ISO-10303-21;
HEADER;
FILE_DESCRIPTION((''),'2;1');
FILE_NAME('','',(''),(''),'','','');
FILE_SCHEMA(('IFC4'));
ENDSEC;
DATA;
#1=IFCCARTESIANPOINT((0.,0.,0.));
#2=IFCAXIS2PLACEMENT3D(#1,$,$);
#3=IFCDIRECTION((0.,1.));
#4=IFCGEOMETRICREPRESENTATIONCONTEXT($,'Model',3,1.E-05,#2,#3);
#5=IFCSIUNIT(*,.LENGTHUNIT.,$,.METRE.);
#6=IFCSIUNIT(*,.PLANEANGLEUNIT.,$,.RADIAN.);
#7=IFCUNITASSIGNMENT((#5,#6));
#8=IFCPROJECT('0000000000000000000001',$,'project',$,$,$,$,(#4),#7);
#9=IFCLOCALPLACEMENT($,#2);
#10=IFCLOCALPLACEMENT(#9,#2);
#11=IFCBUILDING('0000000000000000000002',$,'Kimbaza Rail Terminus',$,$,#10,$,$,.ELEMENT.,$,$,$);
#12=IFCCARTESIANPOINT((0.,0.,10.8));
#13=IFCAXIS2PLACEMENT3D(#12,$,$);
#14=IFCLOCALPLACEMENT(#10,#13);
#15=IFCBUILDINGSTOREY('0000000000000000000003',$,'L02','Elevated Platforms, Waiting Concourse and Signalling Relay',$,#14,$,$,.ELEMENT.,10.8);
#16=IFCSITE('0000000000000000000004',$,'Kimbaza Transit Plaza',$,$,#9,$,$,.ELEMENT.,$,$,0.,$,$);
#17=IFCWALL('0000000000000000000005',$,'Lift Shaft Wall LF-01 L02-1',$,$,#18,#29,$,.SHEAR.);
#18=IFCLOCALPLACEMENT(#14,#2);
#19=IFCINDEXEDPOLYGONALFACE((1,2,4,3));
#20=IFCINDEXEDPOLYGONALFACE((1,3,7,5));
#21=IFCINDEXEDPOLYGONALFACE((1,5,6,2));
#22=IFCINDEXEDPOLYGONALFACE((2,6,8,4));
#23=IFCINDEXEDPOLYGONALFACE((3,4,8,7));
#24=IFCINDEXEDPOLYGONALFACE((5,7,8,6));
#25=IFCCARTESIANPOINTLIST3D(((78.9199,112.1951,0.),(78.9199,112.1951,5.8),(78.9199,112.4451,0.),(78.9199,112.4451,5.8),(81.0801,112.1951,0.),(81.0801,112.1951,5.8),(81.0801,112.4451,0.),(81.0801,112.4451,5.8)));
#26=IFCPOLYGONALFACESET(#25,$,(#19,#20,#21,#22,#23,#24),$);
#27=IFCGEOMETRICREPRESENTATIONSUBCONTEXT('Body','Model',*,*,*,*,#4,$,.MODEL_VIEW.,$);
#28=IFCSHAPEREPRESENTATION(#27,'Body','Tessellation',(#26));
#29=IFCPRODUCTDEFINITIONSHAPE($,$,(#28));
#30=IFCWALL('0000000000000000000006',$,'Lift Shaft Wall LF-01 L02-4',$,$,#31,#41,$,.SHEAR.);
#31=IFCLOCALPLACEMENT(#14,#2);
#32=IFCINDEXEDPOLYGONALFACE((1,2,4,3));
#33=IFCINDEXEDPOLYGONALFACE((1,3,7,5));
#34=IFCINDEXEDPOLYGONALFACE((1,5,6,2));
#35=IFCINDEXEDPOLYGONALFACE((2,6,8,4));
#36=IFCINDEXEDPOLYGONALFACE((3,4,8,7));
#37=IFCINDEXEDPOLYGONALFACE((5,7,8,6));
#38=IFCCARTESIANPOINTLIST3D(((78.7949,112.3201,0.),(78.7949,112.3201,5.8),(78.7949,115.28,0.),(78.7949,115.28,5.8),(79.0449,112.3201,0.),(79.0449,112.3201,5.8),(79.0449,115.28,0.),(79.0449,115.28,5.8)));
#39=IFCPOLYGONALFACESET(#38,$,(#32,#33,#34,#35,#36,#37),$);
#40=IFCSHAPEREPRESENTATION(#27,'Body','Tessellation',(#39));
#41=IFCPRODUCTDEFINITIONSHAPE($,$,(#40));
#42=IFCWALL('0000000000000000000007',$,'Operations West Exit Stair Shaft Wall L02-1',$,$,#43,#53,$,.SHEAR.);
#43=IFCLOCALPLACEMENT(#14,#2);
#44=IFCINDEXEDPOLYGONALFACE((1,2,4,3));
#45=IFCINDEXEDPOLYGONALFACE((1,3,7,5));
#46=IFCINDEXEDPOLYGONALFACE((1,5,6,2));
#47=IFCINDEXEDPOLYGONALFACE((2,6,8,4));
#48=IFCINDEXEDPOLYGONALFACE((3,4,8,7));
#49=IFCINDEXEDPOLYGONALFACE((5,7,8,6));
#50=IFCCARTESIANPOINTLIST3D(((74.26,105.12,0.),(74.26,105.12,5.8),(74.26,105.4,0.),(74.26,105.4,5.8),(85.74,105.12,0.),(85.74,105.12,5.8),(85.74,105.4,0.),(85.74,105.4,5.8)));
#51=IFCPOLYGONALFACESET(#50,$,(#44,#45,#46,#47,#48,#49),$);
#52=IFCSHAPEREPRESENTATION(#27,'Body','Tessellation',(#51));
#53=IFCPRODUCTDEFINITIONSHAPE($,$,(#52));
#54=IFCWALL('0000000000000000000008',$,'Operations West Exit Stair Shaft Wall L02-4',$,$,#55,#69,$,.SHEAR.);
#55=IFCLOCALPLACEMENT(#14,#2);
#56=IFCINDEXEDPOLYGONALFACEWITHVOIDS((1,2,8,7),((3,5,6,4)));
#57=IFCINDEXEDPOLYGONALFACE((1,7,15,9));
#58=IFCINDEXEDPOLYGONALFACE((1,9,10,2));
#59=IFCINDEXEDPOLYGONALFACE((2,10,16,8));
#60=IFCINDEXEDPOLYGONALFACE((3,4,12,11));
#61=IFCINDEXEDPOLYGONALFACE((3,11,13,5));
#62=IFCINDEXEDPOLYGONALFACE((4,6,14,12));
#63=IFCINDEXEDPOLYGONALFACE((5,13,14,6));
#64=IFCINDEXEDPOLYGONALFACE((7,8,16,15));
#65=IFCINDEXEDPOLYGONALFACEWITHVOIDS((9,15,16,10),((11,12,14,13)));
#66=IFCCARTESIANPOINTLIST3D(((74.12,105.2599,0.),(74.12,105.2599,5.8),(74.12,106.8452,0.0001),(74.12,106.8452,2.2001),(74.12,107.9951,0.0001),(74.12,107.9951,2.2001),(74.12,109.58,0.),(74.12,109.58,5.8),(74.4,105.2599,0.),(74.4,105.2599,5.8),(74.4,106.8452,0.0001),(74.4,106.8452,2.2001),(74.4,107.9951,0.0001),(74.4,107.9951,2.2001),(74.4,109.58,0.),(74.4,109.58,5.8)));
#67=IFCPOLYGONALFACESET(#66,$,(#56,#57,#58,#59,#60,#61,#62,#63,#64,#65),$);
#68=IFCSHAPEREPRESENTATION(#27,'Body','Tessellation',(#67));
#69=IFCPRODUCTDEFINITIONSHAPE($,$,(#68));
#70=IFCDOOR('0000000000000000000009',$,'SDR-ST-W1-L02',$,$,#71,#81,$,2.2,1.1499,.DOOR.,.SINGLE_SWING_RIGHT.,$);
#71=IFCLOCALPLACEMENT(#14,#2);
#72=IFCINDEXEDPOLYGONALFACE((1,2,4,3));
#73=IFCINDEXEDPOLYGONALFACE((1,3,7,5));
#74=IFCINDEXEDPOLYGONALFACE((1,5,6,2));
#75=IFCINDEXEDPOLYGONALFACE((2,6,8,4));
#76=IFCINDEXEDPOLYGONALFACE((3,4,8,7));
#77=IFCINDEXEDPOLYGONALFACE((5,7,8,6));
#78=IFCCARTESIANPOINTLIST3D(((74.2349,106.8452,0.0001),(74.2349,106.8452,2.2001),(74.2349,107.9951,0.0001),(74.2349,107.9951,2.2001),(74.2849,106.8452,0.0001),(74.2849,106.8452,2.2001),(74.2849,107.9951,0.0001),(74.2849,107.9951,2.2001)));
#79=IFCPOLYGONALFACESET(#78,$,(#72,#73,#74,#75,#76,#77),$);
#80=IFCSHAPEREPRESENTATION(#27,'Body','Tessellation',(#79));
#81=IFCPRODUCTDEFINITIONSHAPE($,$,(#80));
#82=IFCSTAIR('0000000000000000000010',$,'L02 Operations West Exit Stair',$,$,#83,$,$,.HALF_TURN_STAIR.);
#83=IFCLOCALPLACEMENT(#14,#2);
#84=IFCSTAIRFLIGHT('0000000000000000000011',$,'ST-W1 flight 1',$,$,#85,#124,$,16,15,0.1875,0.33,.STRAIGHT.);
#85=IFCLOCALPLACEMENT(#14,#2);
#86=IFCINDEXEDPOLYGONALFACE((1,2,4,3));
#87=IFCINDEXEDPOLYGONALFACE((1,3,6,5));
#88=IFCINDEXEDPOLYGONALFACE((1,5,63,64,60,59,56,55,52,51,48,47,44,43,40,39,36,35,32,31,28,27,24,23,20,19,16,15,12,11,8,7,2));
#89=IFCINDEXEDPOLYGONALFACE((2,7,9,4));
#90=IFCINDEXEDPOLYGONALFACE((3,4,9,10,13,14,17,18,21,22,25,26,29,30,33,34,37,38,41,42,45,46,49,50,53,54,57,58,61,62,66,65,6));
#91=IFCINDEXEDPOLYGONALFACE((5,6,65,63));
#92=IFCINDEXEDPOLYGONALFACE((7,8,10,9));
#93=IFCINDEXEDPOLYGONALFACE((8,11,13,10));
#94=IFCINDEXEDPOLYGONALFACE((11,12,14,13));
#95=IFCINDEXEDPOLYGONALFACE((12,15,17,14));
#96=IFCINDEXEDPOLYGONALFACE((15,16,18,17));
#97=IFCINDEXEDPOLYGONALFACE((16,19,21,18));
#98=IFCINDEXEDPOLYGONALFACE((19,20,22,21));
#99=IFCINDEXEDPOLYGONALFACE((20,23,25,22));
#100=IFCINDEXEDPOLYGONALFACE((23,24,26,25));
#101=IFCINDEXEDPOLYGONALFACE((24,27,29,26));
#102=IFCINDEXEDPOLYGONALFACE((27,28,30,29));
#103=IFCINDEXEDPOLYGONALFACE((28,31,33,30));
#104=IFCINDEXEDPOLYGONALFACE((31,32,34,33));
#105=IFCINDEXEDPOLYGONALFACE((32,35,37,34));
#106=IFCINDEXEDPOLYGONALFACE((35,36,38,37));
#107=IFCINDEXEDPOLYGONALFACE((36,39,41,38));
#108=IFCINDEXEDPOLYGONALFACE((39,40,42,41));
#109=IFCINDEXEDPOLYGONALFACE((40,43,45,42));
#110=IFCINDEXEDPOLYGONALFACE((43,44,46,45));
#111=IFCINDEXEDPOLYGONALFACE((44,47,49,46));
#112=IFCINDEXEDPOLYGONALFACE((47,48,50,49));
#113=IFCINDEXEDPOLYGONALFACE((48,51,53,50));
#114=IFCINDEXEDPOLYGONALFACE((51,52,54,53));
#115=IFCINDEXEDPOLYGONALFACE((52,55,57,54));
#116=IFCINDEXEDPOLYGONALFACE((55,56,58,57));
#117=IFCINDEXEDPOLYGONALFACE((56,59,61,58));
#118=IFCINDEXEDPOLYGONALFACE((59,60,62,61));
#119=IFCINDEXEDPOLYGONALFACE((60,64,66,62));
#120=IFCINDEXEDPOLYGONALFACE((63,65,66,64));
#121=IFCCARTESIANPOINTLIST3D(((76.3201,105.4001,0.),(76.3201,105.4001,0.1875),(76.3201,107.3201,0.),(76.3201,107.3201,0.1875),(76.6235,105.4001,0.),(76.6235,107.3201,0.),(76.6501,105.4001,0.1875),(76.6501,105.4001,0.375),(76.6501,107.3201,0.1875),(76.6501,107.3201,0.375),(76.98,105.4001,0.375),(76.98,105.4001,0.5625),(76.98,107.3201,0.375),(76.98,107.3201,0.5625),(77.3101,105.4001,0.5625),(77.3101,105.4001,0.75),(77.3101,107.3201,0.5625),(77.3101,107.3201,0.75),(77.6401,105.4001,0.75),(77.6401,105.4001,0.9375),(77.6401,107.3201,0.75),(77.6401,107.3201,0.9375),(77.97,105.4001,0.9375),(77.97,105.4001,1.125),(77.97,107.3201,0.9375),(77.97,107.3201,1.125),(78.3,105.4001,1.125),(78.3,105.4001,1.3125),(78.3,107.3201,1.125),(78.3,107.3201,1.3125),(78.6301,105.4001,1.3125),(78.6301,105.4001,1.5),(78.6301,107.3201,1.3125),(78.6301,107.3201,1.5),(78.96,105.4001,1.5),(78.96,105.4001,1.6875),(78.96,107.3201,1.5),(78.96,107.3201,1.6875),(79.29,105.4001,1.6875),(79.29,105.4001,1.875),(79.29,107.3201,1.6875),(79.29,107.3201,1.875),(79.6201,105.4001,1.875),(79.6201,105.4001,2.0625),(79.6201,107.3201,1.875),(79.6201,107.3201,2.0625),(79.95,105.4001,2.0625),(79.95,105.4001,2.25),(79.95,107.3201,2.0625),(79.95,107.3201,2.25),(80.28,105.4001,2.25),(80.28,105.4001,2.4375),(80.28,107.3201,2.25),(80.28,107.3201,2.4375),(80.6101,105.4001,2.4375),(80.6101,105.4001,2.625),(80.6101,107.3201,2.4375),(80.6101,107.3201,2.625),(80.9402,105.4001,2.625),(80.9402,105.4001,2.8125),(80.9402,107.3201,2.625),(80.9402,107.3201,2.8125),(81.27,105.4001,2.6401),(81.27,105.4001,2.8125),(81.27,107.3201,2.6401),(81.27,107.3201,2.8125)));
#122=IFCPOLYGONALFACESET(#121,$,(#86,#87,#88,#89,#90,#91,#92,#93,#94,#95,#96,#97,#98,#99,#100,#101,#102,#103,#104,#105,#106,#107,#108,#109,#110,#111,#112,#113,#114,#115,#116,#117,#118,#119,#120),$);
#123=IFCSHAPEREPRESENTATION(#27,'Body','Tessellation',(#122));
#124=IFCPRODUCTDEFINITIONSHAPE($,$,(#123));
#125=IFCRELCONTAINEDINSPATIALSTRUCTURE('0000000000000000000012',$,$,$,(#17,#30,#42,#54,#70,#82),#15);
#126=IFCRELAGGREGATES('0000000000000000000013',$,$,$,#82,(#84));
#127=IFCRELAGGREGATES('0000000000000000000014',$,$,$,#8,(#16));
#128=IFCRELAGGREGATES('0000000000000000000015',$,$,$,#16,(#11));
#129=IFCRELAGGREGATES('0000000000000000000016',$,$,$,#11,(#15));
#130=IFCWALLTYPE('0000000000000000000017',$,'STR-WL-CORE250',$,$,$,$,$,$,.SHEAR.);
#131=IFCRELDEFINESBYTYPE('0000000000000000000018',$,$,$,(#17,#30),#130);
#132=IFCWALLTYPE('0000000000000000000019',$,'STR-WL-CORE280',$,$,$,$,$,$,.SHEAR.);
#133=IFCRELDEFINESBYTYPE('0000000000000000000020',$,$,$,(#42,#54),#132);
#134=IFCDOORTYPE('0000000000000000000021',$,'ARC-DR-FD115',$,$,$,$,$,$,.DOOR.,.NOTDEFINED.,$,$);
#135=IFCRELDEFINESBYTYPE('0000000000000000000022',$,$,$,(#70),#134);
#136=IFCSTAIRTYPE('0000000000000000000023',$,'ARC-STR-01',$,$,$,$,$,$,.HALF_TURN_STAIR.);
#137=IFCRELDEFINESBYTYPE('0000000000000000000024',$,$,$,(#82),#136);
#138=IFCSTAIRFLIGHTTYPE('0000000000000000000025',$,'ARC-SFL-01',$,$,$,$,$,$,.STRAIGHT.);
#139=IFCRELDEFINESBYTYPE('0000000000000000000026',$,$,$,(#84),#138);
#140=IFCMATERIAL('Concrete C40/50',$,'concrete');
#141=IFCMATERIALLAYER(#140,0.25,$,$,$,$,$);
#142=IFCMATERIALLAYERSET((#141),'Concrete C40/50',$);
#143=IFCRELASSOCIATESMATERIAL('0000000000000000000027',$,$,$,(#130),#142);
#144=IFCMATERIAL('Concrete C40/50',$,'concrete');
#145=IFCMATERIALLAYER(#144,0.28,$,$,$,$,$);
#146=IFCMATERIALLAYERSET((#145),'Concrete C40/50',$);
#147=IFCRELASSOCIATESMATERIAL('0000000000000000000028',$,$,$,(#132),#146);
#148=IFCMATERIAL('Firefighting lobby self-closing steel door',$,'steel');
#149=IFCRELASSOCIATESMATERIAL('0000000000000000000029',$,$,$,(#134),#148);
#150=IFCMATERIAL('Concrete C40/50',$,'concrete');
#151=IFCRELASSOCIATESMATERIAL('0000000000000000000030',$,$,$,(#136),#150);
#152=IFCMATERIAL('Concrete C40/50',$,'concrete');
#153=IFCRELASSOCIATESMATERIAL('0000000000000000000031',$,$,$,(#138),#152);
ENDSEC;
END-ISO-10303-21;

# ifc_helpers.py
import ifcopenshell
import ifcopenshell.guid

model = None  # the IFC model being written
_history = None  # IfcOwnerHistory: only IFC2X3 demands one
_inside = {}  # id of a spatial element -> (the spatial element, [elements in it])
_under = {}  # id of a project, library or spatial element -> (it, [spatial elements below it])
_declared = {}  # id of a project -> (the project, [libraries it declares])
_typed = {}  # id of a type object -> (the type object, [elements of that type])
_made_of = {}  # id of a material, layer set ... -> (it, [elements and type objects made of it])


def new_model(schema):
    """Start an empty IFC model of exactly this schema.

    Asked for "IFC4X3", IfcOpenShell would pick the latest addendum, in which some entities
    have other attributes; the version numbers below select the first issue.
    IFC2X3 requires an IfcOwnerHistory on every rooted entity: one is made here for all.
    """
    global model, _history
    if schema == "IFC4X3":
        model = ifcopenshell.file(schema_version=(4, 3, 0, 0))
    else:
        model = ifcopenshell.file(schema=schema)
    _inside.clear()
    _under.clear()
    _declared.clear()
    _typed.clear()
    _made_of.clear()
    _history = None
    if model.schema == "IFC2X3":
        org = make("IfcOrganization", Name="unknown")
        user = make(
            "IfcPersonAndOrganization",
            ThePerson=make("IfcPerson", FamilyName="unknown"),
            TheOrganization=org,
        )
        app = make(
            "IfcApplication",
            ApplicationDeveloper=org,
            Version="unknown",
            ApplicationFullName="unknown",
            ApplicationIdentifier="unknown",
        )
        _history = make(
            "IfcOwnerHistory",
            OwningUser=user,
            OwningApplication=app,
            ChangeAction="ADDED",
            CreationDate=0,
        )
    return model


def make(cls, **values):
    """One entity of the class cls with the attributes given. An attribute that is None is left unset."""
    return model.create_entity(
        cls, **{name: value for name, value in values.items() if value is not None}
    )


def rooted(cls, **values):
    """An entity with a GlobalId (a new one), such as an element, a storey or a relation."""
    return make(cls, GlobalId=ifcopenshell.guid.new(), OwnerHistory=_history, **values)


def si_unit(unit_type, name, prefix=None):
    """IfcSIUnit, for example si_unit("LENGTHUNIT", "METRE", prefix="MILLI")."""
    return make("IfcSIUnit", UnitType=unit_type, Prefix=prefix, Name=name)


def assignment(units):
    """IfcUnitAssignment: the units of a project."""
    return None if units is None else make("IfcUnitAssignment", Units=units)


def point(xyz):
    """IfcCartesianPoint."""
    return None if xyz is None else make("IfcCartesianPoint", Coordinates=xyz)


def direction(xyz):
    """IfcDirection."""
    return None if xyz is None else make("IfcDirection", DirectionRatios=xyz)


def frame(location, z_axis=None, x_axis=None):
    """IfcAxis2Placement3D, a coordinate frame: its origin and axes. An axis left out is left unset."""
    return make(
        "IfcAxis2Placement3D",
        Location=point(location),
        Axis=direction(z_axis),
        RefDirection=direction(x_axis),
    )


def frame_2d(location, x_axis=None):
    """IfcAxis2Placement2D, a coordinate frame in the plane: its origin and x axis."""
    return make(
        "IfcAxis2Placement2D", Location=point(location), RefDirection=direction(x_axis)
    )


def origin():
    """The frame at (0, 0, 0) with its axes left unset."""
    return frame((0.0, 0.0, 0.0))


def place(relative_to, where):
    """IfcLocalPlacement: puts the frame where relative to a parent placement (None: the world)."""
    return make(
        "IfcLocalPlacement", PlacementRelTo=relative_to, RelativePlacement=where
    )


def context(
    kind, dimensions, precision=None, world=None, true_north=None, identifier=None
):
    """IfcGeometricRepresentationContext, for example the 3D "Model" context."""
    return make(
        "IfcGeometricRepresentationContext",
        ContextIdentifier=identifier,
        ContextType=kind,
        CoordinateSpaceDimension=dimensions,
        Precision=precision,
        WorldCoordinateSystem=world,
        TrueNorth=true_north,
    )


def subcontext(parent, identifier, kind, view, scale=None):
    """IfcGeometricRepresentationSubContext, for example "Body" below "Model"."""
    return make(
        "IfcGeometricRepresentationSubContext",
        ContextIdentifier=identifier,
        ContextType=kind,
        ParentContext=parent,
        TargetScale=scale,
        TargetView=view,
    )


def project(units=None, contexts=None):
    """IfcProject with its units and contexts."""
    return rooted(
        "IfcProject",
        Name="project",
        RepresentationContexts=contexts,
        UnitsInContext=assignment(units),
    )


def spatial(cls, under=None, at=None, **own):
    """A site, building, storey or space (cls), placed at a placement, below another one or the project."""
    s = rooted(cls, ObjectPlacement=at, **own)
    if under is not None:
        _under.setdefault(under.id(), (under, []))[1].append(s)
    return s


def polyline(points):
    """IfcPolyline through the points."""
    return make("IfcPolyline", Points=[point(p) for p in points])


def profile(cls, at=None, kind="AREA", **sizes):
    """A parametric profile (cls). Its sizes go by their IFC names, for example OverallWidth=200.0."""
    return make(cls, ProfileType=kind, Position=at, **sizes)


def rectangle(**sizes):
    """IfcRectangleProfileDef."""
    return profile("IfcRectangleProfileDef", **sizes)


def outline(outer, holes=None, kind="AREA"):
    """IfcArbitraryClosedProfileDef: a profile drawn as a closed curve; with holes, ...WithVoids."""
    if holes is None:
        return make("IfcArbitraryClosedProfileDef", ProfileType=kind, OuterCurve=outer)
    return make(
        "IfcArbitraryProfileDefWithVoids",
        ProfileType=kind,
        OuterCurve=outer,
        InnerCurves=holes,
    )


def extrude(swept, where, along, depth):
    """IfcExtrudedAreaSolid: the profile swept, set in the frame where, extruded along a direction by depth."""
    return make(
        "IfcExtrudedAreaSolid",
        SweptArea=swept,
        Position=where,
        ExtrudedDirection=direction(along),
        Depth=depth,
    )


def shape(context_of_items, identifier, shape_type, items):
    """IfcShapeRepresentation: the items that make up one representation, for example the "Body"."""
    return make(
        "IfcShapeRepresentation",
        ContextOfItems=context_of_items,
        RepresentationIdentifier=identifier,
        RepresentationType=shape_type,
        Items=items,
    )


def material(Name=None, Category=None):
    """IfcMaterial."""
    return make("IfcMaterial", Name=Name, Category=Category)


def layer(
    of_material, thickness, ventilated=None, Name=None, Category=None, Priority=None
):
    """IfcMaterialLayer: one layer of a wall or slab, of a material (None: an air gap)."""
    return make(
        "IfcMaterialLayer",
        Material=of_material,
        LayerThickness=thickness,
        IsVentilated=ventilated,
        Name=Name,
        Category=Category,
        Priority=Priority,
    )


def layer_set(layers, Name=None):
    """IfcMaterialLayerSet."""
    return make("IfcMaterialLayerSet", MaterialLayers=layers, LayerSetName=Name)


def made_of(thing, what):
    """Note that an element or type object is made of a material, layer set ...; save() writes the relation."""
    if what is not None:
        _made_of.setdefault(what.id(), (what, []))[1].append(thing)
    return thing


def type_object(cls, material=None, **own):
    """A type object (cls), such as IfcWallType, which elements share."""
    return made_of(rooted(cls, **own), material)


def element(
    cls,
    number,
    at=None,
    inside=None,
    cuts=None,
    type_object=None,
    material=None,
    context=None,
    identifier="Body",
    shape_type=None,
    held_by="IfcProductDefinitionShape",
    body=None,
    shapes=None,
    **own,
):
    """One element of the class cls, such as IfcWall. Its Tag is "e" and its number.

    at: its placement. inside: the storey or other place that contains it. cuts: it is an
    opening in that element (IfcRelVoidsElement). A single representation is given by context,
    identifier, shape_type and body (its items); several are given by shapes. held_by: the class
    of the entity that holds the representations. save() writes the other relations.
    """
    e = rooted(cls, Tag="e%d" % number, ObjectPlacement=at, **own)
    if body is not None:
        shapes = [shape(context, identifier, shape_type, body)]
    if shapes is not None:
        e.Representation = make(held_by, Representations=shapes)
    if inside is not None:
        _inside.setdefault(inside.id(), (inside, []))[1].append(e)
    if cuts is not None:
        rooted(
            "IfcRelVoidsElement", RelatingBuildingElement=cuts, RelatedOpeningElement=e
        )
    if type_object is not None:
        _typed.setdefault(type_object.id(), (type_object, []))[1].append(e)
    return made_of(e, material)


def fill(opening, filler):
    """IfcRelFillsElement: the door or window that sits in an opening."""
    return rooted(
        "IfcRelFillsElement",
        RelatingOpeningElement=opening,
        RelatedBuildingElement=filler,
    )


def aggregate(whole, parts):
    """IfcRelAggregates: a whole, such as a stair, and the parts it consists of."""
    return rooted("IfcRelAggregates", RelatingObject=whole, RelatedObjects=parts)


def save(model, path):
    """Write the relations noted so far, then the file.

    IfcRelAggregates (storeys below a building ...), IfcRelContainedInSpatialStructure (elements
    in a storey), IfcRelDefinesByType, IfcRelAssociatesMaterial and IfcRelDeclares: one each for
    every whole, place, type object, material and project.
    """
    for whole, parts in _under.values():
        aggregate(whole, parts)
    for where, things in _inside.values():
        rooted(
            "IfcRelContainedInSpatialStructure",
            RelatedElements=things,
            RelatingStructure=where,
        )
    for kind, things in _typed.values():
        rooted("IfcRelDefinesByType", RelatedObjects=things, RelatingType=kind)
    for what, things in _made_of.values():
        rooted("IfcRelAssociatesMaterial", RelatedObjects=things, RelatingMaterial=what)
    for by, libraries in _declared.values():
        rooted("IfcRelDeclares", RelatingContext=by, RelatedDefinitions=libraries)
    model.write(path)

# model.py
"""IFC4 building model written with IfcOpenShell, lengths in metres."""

from ifc_helpers import new_model, si_unit, direction, frame, frame_2d, origin, place, context, subcontext, project, spatial, polyline, rectangle, outline, extrude, material, layer, layer_set, type_object, element, fill, aggregate, save


model = new_model("IFC4")

# Units and contexts
model_context = context("Model", 3, precision=1e-05, world=origin(), true_north=direction((0.0, 1.0)))
body_context = subcontext(model_context, "Body", "Model", "MODEL_VIEW")
ifc_project = project(units=[si_unit("LENGTHUNIT", "METRE"), si_unit("PLANEANGLEUNIT", "RADIAN")], contexts=[model_context])

# Site, building, storey
site_placement = place(None, origin())
site = spatial("IfcSite", under=ifc_project, at=site_placement, Name="Kimbaza Transit Plaza", CompositionType="ELEMENT", RefElevation=0.0)
building_placement = place(site_placement, origin())
building = spatial("IfcBuilding", under=site, at=building_placement, Name="Kimbaza Rail Terminus", CompositionType="ELEMENT")
storey_placement = place(building_placement, frame((0.0, 0.0, 10.8)))
storey = spatial("IfcBuildingStorey", under=building, at=storey_placement, Name="L02", Description="Elevated Platforms, Waiting Concourse and Signalling Relay", CompositionType="ELEMENT", Elevation=10.8)

# Walls
ifc_material_1 = material(Name="Concrete C40/50", Category="concrete")
ifc_layer_1 = layer(ifc_material_1, 0.25)
ifc_layer_set_1 = layer_set([ifc_layer_1], Name="Concrete C40/50")
wall_type_1 = type_object("IfcWallType", Name="STR-WL-CORE250", PredefinedType="SHEAR", material=ifc_layer_set_1)
wall_1_placement = place(storey_placement, frame((78.9199, 112.3201, 0.0), z_axis=(0.0, 0.0, 1.0), x_axis=(1.0, 0.0, 0.0)))
element("IfcWall", 1, at=wall_1_placement, inside=storey, type_object=wall_type_1, Name="Lift Shaft Wall LF-01 L02-1", PredefinedType="SHEAR", context=body_context, shape_type="SweptSolid", body=[
    extrude(rectangle(XDim=2.1602, YDim=0.25, at=frame_2d((1.0801, 0.0))), origin(), (0.0, 0.0, 1.0), 5.8),
])
wall_2_placement = place(storey_placement, frame((78.9199, 115.28, 0.0), z_axis=(0.0, 0.0, 1.0), x_axis=(0.0, -1.0, 0.0)))
element("IfcWall", 2, at=wall_2_placement, inside=storey, type_object=wall_type_1, Name="Lift Shaft Wall LF-01 L02-4", PredefinedType="SHEAR", context=body_context, shape_type="SweptSolid", body=[
    extrude(rectangle(XDim=2.96, YDim=0.25, at=frame_2d((1.48, 0.0))), origin(), (0.0, 0.0, 1.0), 5.8),
])
ifc_material_2 = material(Name="Concrete C40/50", Category="concrete")
ifc_layer_2 = layer(ifc_material_2, 0.28)
ifc_layer_set_2 = layer_set([ifc_layer_2], Name="Concrete C40/50")
wall_type_2 = type_object("IfcWallType", Name="STR-WL-CORE280", PredefinedType="SHEAR", material=ifc_layer_set_2)
wall_3_placement = place(storey_placement, frame((74.26, 105.26, 0.0), z_axis=(0.0, 0.0, 1.0), x_axis=(1.0, 0.0, 0.0)))
element("IfcWall", 3, at=wall_3_placement, inside=storey, type_object=wall_type_2, Name="Operations West Exit Stair Shaft Wall L02-1", PredefinedType="SHEAR", context=body_context, shape_type="SweptSolid", body=[
    extrude(rectangle(XDim=11.48, YDim=0.28, at=frame_2d((5.74, 0.0))), origin(), (0.0, 0.0, 1.0), 5.8),
])

# Wall, opening, door
wall_4_placement = place(storey_placement, frame((74.26, 109.5801, 0.0), z_axis=(0.0, 0.0, 1.0), x_axis=(0.0, -1.0, 0.0)))
wall_4 = element("IfcWall", 4, at=wall_4_placement, inside=storey, type_object=wall_type_2, Name="Operations West Exit Stair Shaft Wall L02-4", PredefinedType="SHEAR", context=body_context, shape_type="SweptSolid", body=[
    extrude(rectangle(XDim=4.3201, YDim=0.28, at=frame_2d((2.1602, 0.0))), origin(), (0.0, 0.0, 1.0), 5.8),
])
opening_placement = place(wall_4_placement, frame((1.585, 0.0, 0.0)))
opening = element("IfcOpeningElement", 5, at=opening_placement, cuts=wall_4, PredefinedType="OPENING", context=body_context, shape_type="SweptSolid", body=[
    extrude(rectangle(XDim=1.1499, YDim=2.2, at=frame_2d((0.575, 1.1001))), frame((0.0, 0.1499, 0.0), z_axis=(0.0, -1.0, 0.0), x_axis=(1.0, 0.0, 0.0)), (0.0, 0.0, 1.0), 0.3),
])
ifc_material_3 = material(Name="Firefighting lobby self-closing steel door", Category="steel")
door_type = type_object("IfcDoorType", Name="ARC-DR-FD115", OperationType="NOTDEFINED", PredefinedType="DOOR", material=ifc_material_3)
door_placement = place(opening_placement, origin())
door = element("IfcDoor", 6, at=door_placement, inside=storey, type_object=door_type, Name="SDR-ST-W1-L02", OperationType="SINGLE_SWING_RIGHT", OverallHeight=2.2, OverallWidth=1.1499, PredefinedType="DOOR", context=body_context, shape_type="SweptSolid", body=[
    extrude(rectangle(XDim=1.1499, YDim=2.2, at=frame_2d((0.575, 1.1001))), frame((0.0, 0.0249, 0.0), z_axis=(0.0, -1.0, 0.0), x_axis=(1.0, 0.0, 0.0)), (0.0, 0.0, 1.0), 0.05),
])
fill(opening, door)

# Stair, stair flight
ifc_material_4 = material(Name="Concrete C40/50", Category="concrete")
stair_type = type_object("IfcStairType", Name="ARC-STR-01", PredefinedType="HALF_TURN_STAIR", material=ifc_material_4)
stair_placement = place(storey_placement, origin())
stair = element("IfcStair", 7, at=stair_placement, inside=storey, type_object=stair_type, Name="L02 Operations West Exit Stair", PredefinedType="HALF_TURN_STAIR")
ifc_material_5 = material(Name="Concrete C40/50", Category="concrete")
stair_flight_type = type_object("IfcStairFlightType", Name="ARC-SFL-01", PredefinedType="STRAIGHT", material=ifc_material_5)
stair_flight_placement = place(storey_placement, frame((76.3201, 106.3601, 0.0), z_axis=(0.0, 0.0, 1.0), x_axis=(1.0, 0.0, 0.0)))
stair_flight = element("IfcStairFlight", 8, at=stair_flight_placement, type_object=stair_flight_type, Name="ST-W1 flight 1", NumberOfRisers=16, NumberOfTreads=15, PredefinedType="STRAIGHT", RiserHeight=0.1875, TreadLength=0.33, context=body_context, shape_type="SweptSolid", body=[
    extrude(outline(polyline([(0.0, 0.0), (0.0, 0.1875), (0.3301, 0.1875), (0.3301, 0.375), (0.6599, 0.375), (0.6599, 0.5625), (0.99, 0.5625), (0.99, 0.75), (1.3201, 0.75), (1.3201, 0.9375), (1.6499, 0.9375), (1.6499, 1.125), (1.98, 1.125), (1.98, 1.3125), (2.3101, 1.3125), (2.3101, 1.5), (2.6399, 1.5), (2.6399, 1.6875), (2.97, 1.6875), (2.97, 1.875), (3.3, 1.875), (3.3, 2.0625), (3.6299, 2.0625), (3.6299, 2.25), (3.96, 2.25), (3.96, 2.4375), (4.29, 2.4375), (4.29, 2.625), (4.6201, 2.625), (4.6201, 2.8125), (4.95, 2.8125), (4.95, 3.0), (4.95, 2.6401), (0.3035, 0.0), (0.0, 0.0)])), frame((0.0, 0.96, 0.0), z_axis=(0.0, -1.0, 0.0), x_axis=(1.0, 0.0, 0.0)), (0.0, 0.0, 1.0), 1.9199),
])
aggregate(stair, [stair_flight])

save(model, "model.ifc")
